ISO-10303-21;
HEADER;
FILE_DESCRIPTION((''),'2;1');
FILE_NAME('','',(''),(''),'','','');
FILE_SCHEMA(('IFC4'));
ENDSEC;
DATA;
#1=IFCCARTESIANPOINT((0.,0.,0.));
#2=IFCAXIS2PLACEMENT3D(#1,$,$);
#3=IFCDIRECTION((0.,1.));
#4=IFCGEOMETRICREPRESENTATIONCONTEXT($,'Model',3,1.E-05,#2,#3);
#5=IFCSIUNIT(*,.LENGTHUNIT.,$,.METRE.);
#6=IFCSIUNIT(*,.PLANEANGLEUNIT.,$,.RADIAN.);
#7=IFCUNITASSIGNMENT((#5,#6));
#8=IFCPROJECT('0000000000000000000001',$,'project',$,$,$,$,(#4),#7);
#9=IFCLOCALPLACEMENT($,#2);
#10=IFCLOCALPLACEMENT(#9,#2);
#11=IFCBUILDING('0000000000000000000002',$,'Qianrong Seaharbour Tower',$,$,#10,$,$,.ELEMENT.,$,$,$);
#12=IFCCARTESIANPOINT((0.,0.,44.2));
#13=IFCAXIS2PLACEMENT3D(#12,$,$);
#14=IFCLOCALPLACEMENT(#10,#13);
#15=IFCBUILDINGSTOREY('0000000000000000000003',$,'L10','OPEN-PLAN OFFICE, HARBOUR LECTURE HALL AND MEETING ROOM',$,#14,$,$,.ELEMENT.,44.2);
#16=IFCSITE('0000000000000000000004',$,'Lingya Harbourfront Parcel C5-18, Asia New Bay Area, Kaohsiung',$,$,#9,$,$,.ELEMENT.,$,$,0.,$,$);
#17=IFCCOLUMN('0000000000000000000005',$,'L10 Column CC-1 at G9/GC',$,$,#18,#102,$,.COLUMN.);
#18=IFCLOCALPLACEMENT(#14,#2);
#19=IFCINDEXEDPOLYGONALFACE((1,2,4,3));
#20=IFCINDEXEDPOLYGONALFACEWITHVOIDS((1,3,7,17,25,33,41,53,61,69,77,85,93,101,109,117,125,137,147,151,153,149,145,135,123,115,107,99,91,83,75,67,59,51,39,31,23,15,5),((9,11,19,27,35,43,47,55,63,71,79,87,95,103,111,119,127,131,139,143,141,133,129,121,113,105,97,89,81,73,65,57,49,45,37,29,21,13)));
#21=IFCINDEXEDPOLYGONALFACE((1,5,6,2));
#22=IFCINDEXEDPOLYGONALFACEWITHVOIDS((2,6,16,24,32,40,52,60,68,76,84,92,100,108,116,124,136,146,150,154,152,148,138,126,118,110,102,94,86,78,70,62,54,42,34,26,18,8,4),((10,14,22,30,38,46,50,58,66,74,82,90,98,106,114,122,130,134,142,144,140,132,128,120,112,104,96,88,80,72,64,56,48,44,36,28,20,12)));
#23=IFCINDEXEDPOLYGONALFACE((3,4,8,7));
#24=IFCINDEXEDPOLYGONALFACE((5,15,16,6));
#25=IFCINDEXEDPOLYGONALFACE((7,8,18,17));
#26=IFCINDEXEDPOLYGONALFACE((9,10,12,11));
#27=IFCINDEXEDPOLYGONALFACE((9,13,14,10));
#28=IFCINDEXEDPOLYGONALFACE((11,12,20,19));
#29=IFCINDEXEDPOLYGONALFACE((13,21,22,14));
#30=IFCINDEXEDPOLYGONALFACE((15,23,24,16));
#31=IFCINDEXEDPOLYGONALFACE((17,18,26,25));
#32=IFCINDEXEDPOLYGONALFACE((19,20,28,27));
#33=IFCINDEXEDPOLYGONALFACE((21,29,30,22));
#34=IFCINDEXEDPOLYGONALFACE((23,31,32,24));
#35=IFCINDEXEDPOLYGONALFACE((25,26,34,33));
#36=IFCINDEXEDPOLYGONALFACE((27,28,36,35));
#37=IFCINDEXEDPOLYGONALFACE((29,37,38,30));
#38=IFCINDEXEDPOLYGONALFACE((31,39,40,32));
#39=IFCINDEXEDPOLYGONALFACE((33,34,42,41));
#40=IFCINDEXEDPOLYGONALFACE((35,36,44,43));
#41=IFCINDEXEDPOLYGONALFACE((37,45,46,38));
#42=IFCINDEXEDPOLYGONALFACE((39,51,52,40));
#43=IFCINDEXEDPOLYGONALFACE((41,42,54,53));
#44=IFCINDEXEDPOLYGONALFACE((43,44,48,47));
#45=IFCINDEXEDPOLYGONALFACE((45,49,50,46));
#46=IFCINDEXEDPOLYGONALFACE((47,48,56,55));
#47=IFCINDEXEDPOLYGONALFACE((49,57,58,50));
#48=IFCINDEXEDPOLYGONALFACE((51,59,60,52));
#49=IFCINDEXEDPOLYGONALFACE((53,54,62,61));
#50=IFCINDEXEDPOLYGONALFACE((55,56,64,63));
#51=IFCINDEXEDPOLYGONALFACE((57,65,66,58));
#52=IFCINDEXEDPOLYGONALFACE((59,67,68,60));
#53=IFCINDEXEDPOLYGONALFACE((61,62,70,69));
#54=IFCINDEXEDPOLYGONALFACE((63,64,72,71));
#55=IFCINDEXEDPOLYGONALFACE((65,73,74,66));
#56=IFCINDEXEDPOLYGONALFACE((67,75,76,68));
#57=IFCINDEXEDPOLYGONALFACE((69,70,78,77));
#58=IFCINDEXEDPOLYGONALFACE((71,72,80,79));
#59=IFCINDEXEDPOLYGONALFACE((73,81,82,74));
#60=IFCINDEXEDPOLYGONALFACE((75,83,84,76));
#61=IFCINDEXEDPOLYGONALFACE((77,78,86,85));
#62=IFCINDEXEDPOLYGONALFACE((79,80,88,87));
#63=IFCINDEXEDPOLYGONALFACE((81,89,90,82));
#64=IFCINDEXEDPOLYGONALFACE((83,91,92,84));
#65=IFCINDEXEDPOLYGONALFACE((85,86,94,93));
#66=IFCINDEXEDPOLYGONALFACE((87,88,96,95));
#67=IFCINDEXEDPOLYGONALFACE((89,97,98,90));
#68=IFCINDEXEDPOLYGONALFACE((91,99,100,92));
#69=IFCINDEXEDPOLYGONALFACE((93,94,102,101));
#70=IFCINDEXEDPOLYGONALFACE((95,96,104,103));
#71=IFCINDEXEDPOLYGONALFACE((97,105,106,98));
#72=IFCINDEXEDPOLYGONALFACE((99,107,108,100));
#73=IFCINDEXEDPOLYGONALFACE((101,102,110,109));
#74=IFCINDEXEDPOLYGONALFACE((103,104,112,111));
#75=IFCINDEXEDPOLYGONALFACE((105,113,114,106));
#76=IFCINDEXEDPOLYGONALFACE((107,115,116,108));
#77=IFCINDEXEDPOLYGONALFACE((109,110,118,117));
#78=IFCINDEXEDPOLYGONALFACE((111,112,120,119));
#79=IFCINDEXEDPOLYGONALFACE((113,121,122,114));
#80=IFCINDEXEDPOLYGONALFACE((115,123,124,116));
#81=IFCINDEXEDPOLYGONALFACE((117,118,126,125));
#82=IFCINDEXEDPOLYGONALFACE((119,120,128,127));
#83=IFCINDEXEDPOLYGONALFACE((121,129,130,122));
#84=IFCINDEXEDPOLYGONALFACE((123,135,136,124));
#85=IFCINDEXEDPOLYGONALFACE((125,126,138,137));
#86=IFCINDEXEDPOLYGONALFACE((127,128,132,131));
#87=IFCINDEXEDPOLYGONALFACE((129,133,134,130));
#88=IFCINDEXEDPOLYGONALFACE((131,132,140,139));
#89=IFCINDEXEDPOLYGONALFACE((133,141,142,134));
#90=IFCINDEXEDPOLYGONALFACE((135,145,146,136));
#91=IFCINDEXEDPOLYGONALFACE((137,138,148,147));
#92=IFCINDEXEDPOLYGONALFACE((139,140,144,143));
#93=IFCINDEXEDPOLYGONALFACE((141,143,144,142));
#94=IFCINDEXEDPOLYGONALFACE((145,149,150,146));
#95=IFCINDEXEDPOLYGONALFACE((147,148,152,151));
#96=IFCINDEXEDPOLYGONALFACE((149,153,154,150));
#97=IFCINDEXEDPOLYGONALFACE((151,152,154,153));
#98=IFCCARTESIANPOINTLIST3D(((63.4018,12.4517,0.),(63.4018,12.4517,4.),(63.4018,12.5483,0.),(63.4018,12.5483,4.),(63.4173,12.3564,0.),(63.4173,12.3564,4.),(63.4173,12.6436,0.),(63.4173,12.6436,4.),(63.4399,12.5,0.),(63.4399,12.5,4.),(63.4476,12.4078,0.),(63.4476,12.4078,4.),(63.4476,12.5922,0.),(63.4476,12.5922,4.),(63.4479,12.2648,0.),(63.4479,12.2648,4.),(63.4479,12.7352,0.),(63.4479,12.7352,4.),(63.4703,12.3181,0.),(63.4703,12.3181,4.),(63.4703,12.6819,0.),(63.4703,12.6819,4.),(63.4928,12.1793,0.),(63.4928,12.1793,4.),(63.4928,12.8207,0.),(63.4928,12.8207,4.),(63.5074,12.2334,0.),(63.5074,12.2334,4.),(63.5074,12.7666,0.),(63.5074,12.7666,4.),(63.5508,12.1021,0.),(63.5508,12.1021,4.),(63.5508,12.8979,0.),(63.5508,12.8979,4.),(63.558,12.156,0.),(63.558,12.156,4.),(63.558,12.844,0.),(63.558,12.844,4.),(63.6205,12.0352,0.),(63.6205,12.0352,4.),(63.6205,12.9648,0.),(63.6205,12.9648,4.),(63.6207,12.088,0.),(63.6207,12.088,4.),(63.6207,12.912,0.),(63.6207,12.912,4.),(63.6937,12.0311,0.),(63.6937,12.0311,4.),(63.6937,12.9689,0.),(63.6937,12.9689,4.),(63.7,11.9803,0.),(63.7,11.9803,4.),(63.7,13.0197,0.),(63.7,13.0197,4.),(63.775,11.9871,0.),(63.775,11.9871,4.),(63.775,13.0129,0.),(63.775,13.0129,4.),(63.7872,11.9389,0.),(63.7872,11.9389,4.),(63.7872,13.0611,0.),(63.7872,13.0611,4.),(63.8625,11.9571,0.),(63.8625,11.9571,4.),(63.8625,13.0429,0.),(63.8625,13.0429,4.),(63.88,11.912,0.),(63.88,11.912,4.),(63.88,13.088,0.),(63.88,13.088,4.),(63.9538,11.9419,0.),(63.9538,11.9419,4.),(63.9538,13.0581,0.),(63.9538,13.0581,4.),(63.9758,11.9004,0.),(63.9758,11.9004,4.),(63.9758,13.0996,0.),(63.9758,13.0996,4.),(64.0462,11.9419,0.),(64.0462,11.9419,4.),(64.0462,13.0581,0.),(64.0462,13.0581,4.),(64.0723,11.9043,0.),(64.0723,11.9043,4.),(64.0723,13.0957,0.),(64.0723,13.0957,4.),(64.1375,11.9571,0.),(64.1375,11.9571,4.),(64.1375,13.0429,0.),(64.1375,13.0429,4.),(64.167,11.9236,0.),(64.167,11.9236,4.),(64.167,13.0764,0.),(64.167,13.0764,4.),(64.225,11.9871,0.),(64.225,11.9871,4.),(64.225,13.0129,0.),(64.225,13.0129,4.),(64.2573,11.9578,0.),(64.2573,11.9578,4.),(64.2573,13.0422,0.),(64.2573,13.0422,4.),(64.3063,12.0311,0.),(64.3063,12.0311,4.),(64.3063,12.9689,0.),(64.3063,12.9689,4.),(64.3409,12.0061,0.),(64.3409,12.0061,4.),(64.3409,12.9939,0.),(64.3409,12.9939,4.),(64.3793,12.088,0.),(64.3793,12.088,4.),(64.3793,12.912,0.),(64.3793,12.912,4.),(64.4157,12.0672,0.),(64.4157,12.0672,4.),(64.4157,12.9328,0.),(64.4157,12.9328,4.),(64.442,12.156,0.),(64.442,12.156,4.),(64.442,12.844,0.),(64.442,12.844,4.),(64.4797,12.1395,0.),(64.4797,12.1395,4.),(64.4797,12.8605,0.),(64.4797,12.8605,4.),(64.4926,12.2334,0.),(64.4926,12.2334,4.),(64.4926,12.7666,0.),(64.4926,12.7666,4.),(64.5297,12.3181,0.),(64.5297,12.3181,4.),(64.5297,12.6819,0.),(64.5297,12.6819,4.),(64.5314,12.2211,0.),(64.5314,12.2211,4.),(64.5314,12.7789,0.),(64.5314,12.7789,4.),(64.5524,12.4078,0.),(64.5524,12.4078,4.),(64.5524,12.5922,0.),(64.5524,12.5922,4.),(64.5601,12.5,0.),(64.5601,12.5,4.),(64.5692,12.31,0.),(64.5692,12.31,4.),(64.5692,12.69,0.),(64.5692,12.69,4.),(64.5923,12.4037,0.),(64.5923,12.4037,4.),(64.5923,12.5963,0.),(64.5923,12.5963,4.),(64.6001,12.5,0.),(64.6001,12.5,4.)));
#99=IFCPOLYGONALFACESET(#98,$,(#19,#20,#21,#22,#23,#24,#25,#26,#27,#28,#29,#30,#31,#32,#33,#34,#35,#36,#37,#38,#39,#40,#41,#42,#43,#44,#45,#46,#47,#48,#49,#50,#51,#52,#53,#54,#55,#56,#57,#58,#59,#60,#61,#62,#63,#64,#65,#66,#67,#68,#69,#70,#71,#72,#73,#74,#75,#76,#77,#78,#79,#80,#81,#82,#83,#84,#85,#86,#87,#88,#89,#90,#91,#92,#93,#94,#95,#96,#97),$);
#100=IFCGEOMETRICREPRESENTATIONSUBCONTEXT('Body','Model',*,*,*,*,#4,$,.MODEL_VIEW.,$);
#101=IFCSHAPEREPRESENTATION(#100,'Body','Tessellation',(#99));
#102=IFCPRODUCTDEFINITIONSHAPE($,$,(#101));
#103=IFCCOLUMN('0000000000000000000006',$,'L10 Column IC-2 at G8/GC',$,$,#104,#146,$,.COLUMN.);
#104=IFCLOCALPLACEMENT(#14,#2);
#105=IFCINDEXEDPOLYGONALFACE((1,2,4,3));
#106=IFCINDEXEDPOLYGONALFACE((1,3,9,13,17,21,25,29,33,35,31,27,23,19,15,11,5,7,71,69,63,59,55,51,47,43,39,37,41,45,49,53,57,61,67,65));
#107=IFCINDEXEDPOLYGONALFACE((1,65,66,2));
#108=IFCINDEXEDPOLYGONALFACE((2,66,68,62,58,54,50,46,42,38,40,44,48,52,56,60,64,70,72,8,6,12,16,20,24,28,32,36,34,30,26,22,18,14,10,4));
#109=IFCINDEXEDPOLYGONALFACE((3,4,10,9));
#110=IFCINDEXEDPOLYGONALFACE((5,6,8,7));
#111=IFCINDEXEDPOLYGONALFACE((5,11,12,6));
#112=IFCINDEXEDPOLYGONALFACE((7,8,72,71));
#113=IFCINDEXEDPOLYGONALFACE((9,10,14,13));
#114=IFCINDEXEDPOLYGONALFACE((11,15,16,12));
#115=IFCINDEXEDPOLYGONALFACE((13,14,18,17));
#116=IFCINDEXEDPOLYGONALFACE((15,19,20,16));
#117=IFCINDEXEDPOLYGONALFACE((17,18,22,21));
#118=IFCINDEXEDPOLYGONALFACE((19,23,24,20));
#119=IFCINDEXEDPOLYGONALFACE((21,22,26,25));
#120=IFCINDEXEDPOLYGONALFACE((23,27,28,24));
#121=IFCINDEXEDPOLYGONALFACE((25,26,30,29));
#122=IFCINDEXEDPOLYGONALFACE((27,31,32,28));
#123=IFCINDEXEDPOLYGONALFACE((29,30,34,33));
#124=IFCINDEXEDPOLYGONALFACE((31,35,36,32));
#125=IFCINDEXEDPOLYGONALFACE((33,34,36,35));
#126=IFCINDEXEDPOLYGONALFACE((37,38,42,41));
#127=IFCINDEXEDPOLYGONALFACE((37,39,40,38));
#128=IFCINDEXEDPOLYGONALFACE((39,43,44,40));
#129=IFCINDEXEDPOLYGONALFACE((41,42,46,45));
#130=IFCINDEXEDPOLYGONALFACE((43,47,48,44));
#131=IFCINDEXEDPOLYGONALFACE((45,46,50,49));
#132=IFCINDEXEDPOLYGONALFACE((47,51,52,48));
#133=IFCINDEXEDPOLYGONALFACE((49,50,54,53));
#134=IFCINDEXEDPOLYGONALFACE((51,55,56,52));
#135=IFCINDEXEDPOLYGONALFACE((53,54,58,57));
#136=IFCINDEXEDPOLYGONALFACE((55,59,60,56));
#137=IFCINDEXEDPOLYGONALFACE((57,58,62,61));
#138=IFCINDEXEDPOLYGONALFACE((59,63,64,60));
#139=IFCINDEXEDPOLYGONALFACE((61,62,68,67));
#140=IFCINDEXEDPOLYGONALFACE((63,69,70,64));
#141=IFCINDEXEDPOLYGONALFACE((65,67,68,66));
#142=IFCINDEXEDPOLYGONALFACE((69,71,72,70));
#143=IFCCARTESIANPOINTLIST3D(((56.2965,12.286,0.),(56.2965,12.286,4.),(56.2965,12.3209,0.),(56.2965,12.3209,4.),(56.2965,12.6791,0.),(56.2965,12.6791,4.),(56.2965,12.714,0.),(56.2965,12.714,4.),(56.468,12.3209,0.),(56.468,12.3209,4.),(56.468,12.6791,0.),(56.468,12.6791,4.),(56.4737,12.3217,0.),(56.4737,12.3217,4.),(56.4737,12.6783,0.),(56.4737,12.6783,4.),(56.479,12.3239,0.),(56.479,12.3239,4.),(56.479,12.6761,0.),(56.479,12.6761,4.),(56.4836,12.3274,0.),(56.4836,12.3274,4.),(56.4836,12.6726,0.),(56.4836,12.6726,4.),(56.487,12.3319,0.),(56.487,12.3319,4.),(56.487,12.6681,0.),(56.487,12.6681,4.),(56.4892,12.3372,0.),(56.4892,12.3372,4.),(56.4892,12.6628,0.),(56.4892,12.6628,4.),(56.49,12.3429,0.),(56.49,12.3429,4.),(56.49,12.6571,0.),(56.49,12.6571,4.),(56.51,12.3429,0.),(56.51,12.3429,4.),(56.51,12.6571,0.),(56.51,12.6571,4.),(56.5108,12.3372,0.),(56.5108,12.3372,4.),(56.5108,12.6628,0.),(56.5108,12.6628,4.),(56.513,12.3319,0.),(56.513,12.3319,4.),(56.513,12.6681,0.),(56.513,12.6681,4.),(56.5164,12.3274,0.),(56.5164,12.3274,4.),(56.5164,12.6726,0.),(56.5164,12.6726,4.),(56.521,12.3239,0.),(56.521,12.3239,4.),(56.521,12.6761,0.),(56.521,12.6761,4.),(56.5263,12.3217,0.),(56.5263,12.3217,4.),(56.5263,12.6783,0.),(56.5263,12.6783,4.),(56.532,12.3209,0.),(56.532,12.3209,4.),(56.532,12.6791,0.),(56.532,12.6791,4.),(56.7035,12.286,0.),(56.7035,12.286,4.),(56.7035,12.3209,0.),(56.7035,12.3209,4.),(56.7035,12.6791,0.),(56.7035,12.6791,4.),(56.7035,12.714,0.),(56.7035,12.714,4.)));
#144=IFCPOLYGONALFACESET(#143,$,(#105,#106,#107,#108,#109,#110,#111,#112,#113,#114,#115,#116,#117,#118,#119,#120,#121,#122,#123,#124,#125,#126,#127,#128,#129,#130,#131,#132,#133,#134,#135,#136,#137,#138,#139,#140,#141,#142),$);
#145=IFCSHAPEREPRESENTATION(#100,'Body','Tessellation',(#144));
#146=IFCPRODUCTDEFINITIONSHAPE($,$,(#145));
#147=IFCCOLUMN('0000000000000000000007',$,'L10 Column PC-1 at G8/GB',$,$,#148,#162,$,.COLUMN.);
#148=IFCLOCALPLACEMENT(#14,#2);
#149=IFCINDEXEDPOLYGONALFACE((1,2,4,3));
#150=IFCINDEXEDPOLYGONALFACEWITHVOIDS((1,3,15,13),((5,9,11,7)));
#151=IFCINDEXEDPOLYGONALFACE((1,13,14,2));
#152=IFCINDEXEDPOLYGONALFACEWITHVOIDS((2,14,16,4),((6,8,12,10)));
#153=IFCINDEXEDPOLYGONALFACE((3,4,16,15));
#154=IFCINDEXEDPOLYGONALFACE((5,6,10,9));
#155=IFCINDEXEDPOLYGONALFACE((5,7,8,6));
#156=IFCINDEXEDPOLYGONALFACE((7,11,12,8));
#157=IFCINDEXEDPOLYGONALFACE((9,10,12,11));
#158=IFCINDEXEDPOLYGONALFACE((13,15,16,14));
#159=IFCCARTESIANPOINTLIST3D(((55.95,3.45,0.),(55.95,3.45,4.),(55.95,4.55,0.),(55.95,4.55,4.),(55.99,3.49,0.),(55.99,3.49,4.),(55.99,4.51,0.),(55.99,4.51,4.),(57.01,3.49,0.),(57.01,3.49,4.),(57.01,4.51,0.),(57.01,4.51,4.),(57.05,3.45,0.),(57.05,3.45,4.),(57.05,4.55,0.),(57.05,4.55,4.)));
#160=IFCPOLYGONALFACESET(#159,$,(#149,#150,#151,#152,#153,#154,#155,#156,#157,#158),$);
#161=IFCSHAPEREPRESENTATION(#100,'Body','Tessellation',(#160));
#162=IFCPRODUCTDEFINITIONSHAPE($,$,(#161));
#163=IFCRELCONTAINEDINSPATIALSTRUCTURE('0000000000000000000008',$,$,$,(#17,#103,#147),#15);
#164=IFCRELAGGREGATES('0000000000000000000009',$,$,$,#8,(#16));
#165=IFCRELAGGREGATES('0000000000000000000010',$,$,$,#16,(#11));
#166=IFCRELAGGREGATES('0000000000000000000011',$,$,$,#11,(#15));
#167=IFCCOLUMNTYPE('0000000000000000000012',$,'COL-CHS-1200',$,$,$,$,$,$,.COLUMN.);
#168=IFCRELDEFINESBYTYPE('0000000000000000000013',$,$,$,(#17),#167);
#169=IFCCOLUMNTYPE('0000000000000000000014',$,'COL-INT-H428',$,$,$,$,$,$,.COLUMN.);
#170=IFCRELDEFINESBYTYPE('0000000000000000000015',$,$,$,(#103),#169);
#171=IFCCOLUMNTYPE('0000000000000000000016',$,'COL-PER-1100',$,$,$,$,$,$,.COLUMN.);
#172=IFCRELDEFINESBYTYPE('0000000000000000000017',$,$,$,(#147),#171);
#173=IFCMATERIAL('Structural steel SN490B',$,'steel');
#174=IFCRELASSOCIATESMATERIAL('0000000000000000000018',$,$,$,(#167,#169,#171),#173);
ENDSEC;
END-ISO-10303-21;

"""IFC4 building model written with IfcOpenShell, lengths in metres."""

from ifc_helpers import new_model, si_unit, direction, frame, origin, origin_2d, place, context, subcontext, project, spatial, hollow_rectangle, hollow_circle, i_section, extrude, material, material_profile, profile_set, type_object, element, save


model = new_model("IFC4")

# Units and contexts
model_context = context("Model", 3, precision=1e-05, world=origin(), true_north=direction((0.0, 1.0)))
body_context = subcontext(model_context, "Body", "Model", "MODEL_VIEW")
ifc_project = project(units=[si_unit("LENGTHUNIT", "METRE"), si_unit("PLANEANGLEUNIT", "RADIAN")], contexts=[model_context])

# Site, building, storey
site_placement = place(None, origin())
site = spatial("IfcSite", under=ifc_project, at=site_placement, Name="Lingya Harbourfront Parcel C5-18, Asia New Bay Area, Kaohsiung", CompositionType="ELEMENT", RefElevation=0.0)
building_placement = place(site_placement, origin())
building = spatial("IfcBuilding", under=site, at=building_placement, Name="Qianrong Seaharbour Tower", CompositionType="ELEMENT")
storey_placement = place(building_placement, frame((0.0, 0.0, 44.2)))
storey = spatial("IfcBuildingStorey", under=building, at=storey_placement, Name="L10", Description="OPEN-PLAN OFFICE, HARBOUR LECTURE HALL AND MEETING ROOM", CompositionType="ELEMENT", Elevation=44.2)

# Columns
ifc_material_1 = material(Name="Structural steel SN490B", Category="steel")
ifc_material_profile_1 = material_profile(ifc_material_1, hollow_circle(Radius=0.6001, WallThickness=0.04, at=origin_2d()), Name="CHS1200x40")
ifc_profile_set_1 = profile_set([ifc_material_profile_1], Name="Structural steel SN490B")
column_type_1 = type_object("IfcColumnType", Name="COL-CHS-1200", PredefinedType="COLUMN", material=ifc_profile_set_1)
column_1_placement = place(storey_placement, frame((64.0, 12.5, 0.0), z_axis=(0.0, 0.0, 1.0), x_axis=(1.0, 0.0, 0.0)))
element("IfcColumn", 1, at=column_1_placement, inside=storey, type_object=column_type_1, Name="L10 Column CC-1 at G9/GC", PredefinedType="COLUMN", context=body_context, shape_type="SweptSolid", body=[
    extrude(hollow_circle(Radius=0.6001, WallThickness=0.04, at=origin_2d()), origin(), (0.0, 0.0, 1.0), 4.0),
])
ifc_material_profile_2 = material_profile(ifc_material_1, i_section(OverallWidth=0.407, OverallDepth=0.428, WebThickness=0.02, FlangeThickness=0.0349, FilletRadius=0.022, at=origin_2d()), Name="H428x407x20x35")
ifc_profile_set_2 = profile_set([ifc_material_profile_2], Name="Structural steel SN490B")
column_type_2 = type_object("IfcColumnType", Name="COL-INT-H428", PredefinedType="COLUMN", material=ifc_profile_set_2)
column_2_placement = place(storey_placement, frame((56.5, 12.5, 0.0), z_axis=(0.0, 0.0, 1.0), x_axis=(1.0, 0.0, 0.0)))
element("IfcColumn", 2, at=column_2_placement, inside=storey, type_object=column_type_2, Name="L10 Column IC-2 at G8/GC", PredefinedType="COLUMN", context=body_context, shape_type="SweptSolid", body=[
    extrude(i_section(OverallWidth=0.407, OverallDepth=0.428, WebThickness=0.02, FlangeThickness=0.0349, FilletRadius=0.022, at=origin_2d()), origin(), (0.0, 0.0, 1.0), 4.0),
])
ifc_material_profile_3 = material_profile(ifc_material_1, hollow_rectangle(XDim=1.1001, YDim=1.1001, WallThickness=0.04, at=origin_2d()), Name="BOX1100x1100x40")
ifc_profile_set_3 = profile_set([ifc_material_profile_3], Name="Structural steel SN490B")
column_type_3 = type_object("IfcColumnType", Name="COL-PER-1100", PredefinedType="COLUMN", material=ifc_profile_set_3)
column_3_placement = place(storey_placement, frame((56.5, 4.0, 0.0), z_axis=(0.0, 0.0, 1.0), x_axis=(1.0, 0.0, 0.0)))
element("IfcColumn", 3, at=column_3_placement, inside=storey, type_object=column_type_3, Name="L10 Column PC-1 at G8/GB", PredefinedType="COLUMN", context=body_context, shape_type="SweptSolid", body=[
    extrude(hollow_rectangle(XDim=1.1001, YDim=1.1001, WallThickness=0.04, at=origin_2d()), origin(), (0.0, 0.0, 1.0), 4.0),
])

save(model, "model.ifc")
